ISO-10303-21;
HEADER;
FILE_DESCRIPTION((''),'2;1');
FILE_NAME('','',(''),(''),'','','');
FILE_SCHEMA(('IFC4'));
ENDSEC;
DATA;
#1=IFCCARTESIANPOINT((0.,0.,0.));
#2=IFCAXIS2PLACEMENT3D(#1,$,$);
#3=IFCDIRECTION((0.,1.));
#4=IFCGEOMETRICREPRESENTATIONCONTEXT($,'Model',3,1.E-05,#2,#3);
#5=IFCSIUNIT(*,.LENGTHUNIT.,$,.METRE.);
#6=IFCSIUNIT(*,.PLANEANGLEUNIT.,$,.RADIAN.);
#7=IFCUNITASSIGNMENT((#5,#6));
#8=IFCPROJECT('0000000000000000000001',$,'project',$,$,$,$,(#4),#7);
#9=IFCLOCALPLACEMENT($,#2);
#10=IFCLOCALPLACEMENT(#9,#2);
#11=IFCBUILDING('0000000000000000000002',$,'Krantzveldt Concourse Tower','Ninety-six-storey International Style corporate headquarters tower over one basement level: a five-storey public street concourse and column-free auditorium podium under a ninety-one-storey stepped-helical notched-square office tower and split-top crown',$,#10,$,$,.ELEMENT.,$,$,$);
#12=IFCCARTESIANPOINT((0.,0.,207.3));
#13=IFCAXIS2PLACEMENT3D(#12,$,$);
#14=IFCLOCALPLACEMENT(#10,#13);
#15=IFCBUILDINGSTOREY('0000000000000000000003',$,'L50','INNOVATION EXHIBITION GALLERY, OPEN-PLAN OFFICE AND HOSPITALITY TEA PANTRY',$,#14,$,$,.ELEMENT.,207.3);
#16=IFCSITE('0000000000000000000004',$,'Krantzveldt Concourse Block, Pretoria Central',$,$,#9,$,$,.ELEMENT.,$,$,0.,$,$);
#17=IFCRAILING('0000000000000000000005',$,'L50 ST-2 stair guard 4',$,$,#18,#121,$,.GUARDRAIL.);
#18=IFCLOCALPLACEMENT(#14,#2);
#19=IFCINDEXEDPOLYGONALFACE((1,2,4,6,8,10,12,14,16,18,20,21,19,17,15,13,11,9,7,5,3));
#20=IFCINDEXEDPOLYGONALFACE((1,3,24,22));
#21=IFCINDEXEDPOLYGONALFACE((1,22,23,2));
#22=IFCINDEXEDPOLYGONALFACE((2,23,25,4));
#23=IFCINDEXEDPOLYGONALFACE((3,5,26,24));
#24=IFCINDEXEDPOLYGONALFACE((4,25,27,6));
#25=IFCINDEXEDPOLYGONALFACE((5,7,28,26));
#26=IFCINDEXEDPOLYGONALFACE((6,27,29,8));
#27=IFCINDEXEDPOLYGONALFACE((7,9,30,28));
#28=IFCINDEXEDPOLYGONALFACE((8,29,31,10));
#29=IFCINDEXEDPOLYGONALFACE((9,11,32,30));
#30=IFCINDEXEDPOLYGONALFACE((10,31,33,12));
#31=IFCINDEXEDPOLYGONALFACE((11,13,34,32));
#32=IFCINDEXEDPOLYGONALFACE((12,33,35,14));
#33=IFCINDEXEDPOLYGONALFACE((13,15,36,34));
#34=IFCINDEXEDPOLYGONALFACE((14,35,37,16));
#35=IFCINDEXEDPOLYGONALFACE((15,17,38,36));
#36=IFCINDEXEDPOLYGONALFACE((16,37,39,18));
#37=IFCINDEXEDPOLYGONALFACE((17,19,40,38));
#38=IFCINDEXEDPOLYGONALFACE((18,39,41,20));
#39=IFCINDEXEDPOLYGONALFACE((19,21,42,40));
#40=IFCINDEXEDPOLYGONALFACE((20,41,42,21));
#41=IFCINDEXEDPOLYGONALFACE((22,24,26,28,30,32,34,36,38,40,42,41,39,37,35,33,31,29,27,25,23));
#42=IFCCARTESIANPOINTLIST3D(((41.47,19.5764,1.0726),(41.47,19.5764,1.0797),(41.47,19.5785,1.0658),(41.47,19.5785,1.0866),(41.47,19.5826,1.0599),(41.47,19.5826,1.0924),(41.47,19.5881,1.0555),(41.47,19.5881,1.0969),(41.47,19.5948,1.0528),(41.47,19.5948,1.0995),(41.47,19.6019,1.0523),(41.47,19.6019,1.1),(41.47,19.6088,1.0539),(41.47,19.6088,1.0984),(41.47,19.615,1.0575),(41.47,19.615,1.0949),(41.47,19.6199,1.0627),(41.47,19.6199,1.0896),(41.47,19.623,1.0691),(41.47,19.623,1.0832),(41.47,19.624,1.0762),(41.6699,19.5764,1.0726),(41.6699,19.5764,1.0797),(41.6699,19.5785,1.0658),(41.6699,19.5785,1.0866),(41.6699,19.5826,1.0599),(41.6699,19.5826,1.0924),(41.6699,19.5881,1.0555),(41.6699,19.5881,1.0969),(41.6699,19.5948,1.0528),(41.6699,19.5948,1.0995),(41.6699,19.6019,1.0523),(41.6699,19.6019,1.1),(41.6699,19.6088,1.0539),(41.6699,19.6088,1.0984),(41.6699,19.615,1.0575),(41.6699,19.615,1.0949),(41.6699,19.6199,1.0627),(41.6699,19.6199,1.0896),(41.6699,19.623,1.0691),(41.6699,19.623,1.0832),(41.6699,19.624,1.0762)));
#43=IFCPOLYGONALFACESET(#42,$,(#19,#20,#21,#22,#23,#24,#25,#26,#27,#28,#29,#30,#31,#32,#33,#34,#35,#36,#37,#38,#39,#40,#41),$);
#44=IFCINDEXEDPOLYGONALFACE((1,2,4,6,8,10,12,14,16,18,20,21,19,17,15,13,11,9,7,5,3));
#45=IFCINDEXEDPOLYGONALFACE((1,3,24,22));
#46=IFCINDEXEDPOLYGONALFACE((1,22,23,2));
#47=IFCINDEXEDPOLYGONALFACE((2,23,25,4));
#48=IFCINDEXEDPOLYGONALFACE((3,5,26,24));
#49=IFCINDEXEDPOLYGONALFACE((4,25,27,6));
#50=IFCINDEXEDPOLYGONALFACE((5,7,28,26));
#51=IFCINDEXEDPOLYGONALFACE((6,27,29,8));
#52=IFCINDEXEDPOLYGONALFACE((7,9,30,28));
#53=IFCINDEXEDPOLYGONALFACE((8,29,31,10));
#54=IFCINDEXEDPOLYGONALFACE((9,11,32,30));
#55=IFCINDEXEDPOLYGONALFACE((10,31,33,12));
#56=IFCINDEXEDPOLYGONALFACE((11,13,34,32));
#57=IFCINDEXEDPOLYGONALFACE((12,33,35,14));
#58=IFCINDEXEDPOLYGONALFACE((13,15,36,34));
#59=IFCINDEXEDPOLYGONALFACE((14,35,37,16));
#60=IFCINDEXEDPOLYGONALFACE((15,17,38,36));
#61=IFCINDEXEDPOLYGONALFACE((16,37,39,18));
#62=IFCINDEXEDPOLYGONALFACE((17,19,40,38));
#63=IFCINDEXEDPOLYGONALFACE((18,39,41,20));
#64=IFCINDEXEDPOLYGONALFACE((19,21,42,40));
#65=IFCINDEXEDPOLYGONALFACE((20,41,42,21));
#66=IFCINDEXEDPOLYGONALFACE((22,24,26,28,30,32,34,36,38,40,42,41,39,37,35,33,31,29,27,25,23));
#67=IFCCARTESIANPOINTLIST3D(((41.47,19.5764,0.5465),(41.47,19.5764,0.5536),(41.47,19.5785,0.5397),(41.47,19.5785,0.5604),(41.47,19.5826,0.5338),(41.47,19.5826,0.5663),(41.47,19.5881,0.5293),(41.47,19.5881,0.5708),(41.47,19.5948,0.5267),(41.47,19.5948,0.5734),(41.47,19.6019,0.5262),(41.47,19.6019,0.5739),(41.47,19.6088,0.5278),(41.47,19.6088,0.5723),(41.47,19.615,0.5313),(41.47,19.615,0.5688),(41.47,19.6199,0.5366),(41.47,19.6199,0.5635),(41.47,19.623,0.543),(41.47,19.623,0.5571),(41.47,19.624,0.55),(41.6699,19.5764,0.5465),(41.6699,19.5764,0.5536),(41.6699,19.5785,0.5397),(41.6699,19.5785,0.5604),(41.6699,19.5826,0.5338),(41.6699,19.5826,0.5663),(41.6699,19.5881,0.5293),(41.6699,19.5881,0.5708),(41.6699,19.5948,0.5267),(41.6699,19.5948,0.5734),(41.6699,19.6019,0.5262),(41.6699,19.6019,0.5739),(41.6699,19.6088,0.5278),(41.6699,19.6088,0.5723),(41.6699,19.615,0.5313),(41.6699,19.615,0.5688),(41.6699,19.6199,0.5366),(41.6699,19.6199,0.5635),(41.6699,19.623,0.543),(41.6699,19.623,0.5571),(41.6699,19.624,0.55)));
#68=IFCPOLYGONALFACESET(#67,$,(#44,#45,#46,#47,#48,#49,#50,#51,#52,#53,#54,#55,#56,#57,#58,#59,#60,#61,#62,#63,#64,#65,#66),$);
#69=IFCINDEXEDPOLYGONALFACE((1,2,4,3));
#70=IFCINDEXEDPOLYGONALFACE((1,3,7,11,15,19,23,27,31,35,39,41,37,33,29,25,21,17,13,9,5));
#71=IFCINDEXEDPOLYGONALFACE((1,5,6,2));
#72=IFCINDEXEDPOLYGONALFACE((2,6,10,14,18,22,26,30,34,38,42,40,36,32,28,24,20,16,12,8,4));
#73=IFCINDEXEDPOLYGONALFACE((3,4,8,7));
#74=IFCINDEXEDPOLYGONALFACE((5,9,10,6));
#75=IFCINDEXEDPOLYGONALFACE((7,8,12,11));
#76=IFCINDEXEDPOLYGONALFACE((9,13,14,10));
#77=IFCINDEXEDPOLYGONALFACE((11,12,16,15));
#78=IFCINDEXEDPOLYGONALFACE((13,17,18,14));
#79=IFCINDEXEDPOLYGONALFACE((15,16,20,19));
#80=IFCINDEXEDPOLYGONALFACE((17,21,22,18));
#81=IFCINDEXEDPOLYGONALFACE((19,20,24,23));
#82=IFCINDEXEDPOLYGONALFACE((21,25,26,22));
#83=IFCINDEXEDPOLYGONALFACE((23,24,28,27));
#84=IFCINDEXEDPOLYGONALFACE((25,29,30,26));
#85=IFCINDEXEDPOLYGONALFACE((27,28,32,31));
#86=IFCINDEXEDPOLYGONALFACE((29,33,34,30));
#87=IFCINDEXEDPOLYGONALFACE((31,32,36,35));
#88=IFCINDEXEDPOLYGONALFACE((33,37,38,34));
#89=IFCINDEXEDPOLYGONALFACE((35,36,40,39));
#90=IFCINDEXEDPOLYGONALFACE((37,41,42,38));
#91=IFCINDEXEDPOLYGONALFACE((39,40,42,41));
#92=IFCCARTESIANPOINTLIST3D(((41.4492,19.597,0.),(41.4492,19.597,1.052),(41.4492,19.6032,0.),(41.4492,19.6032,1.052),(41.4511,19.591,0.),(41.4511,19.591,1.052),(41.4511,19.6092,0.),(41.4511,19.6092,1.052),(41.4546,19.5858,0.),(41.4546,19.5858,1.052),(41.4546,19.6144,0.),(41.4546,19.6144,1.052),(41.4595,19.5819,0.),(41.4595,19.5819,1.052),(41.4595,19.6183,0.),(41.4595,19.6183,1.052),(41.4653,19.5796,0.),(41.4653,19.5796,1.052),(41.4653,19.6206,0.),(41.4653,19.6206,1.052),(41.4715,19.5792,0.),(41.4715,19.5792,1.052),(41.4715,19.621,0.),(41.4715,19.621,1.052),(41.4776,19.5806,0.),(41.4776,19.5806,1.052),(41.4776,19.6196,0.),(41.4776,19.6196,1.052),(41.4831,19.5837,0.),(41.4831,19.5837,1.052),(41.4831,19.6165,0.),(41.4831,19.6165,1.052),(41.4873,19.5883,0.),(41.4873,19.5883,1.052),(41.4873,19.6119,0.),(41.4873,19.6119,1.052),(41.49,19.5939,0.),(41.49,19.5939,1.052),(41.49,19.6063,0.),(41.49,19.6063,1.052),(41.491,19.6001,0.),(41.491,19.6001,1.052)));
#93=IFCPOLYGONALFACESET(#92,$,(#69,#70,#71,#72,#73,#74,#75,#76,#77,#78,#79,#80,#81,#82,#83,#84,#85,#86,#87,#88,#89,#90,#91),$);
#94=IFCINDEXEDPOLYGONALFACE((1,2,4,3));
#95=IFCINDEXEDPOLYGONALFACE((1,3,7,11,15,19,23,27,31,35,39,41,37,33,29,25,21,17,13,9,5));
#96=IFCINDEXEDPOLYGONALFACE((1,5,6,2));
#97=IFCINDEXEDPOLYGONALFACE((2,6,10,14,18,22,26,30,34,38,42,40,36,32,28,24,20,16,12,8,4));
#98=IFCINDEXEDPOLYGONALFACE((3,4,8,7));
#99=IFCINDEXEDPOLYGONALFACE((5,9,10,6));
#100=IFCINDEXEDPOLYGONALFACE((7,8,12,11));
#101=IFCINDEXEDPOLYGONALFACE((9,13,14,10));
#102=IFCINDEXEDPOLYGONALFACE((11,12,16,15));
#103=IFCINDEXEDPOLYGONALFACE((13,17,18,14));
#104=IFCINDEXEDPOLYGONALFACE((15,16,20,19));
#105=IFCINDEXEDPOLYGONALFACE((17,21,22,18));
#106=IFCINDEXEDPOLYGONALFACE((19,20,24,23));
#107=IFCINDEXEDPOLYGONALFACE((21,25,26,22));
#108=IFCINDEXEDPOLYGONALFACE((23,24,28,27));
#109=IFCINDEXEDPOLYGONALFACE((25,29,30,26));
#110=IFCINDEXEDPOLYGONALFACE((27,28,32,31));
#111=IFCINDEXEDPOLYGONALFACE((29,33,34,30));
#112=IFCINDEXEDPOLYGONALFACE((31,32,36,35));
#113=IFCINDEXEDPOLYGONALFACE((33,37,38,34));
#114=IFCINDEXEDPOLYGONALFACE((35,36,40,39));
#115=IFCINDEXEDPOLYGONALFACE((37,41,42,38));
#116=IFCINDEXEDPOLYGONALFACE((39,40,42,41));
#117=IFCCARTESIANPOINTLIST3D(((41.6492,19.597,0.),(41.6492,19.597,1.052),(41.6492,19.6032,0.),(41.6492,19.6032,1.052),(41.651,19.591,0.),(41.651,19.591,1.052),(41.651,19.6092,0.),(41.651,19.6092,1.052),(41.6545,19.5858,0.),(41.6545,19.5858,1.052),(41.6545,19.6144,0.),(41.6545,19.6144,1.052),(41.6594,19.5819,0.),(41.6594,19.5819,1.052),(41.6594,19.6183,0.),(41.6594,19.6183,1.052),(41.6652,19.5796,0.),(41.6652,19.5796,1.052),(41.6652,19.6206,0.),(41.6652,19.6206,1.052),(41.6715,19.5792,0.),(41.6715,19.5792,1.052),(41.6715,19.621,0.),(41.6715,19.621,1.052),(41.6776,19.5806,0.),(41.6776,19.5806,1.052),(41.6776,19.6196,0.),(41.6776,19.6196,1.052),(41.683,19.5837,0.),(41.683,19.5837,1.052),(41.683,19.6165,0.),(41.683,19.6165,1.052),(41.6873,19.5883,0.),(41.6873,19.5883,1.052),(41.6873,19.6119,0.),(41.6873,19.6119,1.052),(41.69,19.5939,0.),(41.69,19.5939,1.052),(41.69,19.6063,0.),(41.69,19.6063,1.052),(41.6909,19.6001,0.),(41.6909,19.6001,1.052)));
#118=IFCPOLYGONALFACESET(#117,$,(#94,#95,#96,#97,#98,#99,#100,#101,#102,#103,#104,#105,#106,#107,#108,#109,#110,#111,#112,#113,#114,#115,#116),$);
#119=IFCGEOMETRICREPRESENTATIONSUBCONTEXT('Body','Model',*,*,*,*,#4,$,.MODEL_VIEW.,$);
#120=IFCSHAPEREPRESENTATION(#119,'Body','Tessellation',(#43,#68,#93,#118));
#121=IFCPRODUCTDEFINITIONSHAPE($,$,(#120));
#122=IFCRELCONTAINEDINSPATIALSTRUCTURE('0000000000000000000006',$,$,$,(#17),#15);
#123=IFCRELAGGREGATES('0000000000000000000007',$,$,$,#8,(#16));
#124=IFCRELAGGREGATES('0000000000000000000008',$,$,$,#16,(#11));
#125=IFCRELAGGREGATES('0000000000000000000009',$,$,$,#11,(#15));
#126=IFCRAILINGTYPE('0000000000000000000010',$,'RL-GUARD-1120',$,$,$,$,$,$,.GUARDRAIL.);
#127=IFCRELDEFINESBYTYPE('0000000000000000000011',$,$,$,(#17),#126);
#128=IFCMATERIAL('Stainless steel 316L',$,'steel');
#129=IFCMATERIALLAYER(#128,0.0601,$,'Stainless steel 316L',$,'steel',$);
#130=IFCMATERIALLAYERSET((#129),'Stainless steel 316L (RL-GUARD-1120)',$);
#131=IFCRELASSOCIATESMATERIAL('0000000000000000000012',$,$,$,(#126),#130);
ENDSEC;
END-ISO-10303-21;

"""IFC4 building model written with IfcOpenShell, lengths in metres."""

from ifc_helpers import new_model, si_unit, direction, frame, origin, origin_2d, place, context, subcontext, project, spatial, circle, extrude, material, layer, layer_set, type_object, element, save


model = new_model("IFC4")

# Units and contexts
model_context = context("Model", 3, precision=1e-05, world=origin(), true_north=direction((0.0, 1.0)))
body_context = subcontext(model_context, "Body", "Model", "MODEL_VIEW")
ifc_project = project(units=[si_unit("LENGTHUNIT", "METRE"), si_unit("PLANEANGLEUNIT", "RADIAN")], contexts=[model_context])

# Site, building, storey
site_placement = place(None, origin())
site = spatial("IfcSite", under=ifc_project, at=site_placement, Name="Krantzveldt Concourse Block, Pretoria Central", CompositionType="ELEMENT", RefElevation=0.0)
building_placement = place(site_placement, origin())
building = spatial("IfcBuilding", under=site, at=building_placement, Name="Krantzveldt Concourse Tower", Description="Ninety-six-storey International Style corporate headquarters tower over one basement level: a five-storey public street concourse and column-free auditorium podium under a ninety-one-storey stepped-helical notched-square office tower and split-top crown", CompositionType="ELEMENT")
storey_placement = place(building_placement, frame((0.0, 0.0, 207.3)))
storey = spatial("IfcBuildingStorey", under=building, at=storey_placement, Name="L50", Description="INNOVATION EXHIBITION GALLERY, OPEN-PLAN OFFICE AND HOSPITALITY TEA PANTRY", CompositionType="ELEMENT", Elevation=207.3)

# Shared definitions
ifc_material_1 = material(Name="Stainless steel 316L", Category="steel")

# Railing
ifc_layer_1 = layer(ifc_material_1, 0.0601, Name="Stainless steel 316L", Category="steel")
ifc_layer_set_1 = layer_set([ifc_layer_1], Name="Stainless steel 316L (RL-GUARD-1120)")
railing_type_1 = type_object("IfcRailingType", Name="RL-GUARD-1120", PredefinedType="GUARDRAIL", material=ifc_layer_set_1)
railing_1_placement = place(storey_placement, frame((41.47, 19.6001, 0.0)))
element("IfcRailing", 1, at=railing_1_placement, inside=storey, type_object=railing_type_1, Name="L50 ST-2 stair guard 4", PredefinedType="GUARDRAIL", context=body_context, shape_type="SweptSolid", body=[
    extrude(circle(Radius=0.0239, at=origin_2d()), frame((0.0, 0.0, 1.0762), z_axis=(1.0, 0.0, 0.0), x_axis=(0.0, 1.0, 0.0)), (0.0, 0.0, 1.0), 0.2),
    extrude(circle(Radius=0.0239, at=origin_2d()), frame((0.0, 0.0, 0.55), z_axis=(1.0, 0.0, 0.0), x_axis=(0.0, 1.0, 0.0)), (0.0, 0.0, 1.0), 0.2),
    extrude(circle(Radius=0.021, at=origin_2d()), origin(), (0.0, 0.0, 1.0), 1.052),
    extrude(circle(Radius=0.021, at=origin_2d()), frame((0.2, 0.0, 0.0)), (0.0, 0.0, 1.0), 1.052),
])

save(model, "model.ifc")
